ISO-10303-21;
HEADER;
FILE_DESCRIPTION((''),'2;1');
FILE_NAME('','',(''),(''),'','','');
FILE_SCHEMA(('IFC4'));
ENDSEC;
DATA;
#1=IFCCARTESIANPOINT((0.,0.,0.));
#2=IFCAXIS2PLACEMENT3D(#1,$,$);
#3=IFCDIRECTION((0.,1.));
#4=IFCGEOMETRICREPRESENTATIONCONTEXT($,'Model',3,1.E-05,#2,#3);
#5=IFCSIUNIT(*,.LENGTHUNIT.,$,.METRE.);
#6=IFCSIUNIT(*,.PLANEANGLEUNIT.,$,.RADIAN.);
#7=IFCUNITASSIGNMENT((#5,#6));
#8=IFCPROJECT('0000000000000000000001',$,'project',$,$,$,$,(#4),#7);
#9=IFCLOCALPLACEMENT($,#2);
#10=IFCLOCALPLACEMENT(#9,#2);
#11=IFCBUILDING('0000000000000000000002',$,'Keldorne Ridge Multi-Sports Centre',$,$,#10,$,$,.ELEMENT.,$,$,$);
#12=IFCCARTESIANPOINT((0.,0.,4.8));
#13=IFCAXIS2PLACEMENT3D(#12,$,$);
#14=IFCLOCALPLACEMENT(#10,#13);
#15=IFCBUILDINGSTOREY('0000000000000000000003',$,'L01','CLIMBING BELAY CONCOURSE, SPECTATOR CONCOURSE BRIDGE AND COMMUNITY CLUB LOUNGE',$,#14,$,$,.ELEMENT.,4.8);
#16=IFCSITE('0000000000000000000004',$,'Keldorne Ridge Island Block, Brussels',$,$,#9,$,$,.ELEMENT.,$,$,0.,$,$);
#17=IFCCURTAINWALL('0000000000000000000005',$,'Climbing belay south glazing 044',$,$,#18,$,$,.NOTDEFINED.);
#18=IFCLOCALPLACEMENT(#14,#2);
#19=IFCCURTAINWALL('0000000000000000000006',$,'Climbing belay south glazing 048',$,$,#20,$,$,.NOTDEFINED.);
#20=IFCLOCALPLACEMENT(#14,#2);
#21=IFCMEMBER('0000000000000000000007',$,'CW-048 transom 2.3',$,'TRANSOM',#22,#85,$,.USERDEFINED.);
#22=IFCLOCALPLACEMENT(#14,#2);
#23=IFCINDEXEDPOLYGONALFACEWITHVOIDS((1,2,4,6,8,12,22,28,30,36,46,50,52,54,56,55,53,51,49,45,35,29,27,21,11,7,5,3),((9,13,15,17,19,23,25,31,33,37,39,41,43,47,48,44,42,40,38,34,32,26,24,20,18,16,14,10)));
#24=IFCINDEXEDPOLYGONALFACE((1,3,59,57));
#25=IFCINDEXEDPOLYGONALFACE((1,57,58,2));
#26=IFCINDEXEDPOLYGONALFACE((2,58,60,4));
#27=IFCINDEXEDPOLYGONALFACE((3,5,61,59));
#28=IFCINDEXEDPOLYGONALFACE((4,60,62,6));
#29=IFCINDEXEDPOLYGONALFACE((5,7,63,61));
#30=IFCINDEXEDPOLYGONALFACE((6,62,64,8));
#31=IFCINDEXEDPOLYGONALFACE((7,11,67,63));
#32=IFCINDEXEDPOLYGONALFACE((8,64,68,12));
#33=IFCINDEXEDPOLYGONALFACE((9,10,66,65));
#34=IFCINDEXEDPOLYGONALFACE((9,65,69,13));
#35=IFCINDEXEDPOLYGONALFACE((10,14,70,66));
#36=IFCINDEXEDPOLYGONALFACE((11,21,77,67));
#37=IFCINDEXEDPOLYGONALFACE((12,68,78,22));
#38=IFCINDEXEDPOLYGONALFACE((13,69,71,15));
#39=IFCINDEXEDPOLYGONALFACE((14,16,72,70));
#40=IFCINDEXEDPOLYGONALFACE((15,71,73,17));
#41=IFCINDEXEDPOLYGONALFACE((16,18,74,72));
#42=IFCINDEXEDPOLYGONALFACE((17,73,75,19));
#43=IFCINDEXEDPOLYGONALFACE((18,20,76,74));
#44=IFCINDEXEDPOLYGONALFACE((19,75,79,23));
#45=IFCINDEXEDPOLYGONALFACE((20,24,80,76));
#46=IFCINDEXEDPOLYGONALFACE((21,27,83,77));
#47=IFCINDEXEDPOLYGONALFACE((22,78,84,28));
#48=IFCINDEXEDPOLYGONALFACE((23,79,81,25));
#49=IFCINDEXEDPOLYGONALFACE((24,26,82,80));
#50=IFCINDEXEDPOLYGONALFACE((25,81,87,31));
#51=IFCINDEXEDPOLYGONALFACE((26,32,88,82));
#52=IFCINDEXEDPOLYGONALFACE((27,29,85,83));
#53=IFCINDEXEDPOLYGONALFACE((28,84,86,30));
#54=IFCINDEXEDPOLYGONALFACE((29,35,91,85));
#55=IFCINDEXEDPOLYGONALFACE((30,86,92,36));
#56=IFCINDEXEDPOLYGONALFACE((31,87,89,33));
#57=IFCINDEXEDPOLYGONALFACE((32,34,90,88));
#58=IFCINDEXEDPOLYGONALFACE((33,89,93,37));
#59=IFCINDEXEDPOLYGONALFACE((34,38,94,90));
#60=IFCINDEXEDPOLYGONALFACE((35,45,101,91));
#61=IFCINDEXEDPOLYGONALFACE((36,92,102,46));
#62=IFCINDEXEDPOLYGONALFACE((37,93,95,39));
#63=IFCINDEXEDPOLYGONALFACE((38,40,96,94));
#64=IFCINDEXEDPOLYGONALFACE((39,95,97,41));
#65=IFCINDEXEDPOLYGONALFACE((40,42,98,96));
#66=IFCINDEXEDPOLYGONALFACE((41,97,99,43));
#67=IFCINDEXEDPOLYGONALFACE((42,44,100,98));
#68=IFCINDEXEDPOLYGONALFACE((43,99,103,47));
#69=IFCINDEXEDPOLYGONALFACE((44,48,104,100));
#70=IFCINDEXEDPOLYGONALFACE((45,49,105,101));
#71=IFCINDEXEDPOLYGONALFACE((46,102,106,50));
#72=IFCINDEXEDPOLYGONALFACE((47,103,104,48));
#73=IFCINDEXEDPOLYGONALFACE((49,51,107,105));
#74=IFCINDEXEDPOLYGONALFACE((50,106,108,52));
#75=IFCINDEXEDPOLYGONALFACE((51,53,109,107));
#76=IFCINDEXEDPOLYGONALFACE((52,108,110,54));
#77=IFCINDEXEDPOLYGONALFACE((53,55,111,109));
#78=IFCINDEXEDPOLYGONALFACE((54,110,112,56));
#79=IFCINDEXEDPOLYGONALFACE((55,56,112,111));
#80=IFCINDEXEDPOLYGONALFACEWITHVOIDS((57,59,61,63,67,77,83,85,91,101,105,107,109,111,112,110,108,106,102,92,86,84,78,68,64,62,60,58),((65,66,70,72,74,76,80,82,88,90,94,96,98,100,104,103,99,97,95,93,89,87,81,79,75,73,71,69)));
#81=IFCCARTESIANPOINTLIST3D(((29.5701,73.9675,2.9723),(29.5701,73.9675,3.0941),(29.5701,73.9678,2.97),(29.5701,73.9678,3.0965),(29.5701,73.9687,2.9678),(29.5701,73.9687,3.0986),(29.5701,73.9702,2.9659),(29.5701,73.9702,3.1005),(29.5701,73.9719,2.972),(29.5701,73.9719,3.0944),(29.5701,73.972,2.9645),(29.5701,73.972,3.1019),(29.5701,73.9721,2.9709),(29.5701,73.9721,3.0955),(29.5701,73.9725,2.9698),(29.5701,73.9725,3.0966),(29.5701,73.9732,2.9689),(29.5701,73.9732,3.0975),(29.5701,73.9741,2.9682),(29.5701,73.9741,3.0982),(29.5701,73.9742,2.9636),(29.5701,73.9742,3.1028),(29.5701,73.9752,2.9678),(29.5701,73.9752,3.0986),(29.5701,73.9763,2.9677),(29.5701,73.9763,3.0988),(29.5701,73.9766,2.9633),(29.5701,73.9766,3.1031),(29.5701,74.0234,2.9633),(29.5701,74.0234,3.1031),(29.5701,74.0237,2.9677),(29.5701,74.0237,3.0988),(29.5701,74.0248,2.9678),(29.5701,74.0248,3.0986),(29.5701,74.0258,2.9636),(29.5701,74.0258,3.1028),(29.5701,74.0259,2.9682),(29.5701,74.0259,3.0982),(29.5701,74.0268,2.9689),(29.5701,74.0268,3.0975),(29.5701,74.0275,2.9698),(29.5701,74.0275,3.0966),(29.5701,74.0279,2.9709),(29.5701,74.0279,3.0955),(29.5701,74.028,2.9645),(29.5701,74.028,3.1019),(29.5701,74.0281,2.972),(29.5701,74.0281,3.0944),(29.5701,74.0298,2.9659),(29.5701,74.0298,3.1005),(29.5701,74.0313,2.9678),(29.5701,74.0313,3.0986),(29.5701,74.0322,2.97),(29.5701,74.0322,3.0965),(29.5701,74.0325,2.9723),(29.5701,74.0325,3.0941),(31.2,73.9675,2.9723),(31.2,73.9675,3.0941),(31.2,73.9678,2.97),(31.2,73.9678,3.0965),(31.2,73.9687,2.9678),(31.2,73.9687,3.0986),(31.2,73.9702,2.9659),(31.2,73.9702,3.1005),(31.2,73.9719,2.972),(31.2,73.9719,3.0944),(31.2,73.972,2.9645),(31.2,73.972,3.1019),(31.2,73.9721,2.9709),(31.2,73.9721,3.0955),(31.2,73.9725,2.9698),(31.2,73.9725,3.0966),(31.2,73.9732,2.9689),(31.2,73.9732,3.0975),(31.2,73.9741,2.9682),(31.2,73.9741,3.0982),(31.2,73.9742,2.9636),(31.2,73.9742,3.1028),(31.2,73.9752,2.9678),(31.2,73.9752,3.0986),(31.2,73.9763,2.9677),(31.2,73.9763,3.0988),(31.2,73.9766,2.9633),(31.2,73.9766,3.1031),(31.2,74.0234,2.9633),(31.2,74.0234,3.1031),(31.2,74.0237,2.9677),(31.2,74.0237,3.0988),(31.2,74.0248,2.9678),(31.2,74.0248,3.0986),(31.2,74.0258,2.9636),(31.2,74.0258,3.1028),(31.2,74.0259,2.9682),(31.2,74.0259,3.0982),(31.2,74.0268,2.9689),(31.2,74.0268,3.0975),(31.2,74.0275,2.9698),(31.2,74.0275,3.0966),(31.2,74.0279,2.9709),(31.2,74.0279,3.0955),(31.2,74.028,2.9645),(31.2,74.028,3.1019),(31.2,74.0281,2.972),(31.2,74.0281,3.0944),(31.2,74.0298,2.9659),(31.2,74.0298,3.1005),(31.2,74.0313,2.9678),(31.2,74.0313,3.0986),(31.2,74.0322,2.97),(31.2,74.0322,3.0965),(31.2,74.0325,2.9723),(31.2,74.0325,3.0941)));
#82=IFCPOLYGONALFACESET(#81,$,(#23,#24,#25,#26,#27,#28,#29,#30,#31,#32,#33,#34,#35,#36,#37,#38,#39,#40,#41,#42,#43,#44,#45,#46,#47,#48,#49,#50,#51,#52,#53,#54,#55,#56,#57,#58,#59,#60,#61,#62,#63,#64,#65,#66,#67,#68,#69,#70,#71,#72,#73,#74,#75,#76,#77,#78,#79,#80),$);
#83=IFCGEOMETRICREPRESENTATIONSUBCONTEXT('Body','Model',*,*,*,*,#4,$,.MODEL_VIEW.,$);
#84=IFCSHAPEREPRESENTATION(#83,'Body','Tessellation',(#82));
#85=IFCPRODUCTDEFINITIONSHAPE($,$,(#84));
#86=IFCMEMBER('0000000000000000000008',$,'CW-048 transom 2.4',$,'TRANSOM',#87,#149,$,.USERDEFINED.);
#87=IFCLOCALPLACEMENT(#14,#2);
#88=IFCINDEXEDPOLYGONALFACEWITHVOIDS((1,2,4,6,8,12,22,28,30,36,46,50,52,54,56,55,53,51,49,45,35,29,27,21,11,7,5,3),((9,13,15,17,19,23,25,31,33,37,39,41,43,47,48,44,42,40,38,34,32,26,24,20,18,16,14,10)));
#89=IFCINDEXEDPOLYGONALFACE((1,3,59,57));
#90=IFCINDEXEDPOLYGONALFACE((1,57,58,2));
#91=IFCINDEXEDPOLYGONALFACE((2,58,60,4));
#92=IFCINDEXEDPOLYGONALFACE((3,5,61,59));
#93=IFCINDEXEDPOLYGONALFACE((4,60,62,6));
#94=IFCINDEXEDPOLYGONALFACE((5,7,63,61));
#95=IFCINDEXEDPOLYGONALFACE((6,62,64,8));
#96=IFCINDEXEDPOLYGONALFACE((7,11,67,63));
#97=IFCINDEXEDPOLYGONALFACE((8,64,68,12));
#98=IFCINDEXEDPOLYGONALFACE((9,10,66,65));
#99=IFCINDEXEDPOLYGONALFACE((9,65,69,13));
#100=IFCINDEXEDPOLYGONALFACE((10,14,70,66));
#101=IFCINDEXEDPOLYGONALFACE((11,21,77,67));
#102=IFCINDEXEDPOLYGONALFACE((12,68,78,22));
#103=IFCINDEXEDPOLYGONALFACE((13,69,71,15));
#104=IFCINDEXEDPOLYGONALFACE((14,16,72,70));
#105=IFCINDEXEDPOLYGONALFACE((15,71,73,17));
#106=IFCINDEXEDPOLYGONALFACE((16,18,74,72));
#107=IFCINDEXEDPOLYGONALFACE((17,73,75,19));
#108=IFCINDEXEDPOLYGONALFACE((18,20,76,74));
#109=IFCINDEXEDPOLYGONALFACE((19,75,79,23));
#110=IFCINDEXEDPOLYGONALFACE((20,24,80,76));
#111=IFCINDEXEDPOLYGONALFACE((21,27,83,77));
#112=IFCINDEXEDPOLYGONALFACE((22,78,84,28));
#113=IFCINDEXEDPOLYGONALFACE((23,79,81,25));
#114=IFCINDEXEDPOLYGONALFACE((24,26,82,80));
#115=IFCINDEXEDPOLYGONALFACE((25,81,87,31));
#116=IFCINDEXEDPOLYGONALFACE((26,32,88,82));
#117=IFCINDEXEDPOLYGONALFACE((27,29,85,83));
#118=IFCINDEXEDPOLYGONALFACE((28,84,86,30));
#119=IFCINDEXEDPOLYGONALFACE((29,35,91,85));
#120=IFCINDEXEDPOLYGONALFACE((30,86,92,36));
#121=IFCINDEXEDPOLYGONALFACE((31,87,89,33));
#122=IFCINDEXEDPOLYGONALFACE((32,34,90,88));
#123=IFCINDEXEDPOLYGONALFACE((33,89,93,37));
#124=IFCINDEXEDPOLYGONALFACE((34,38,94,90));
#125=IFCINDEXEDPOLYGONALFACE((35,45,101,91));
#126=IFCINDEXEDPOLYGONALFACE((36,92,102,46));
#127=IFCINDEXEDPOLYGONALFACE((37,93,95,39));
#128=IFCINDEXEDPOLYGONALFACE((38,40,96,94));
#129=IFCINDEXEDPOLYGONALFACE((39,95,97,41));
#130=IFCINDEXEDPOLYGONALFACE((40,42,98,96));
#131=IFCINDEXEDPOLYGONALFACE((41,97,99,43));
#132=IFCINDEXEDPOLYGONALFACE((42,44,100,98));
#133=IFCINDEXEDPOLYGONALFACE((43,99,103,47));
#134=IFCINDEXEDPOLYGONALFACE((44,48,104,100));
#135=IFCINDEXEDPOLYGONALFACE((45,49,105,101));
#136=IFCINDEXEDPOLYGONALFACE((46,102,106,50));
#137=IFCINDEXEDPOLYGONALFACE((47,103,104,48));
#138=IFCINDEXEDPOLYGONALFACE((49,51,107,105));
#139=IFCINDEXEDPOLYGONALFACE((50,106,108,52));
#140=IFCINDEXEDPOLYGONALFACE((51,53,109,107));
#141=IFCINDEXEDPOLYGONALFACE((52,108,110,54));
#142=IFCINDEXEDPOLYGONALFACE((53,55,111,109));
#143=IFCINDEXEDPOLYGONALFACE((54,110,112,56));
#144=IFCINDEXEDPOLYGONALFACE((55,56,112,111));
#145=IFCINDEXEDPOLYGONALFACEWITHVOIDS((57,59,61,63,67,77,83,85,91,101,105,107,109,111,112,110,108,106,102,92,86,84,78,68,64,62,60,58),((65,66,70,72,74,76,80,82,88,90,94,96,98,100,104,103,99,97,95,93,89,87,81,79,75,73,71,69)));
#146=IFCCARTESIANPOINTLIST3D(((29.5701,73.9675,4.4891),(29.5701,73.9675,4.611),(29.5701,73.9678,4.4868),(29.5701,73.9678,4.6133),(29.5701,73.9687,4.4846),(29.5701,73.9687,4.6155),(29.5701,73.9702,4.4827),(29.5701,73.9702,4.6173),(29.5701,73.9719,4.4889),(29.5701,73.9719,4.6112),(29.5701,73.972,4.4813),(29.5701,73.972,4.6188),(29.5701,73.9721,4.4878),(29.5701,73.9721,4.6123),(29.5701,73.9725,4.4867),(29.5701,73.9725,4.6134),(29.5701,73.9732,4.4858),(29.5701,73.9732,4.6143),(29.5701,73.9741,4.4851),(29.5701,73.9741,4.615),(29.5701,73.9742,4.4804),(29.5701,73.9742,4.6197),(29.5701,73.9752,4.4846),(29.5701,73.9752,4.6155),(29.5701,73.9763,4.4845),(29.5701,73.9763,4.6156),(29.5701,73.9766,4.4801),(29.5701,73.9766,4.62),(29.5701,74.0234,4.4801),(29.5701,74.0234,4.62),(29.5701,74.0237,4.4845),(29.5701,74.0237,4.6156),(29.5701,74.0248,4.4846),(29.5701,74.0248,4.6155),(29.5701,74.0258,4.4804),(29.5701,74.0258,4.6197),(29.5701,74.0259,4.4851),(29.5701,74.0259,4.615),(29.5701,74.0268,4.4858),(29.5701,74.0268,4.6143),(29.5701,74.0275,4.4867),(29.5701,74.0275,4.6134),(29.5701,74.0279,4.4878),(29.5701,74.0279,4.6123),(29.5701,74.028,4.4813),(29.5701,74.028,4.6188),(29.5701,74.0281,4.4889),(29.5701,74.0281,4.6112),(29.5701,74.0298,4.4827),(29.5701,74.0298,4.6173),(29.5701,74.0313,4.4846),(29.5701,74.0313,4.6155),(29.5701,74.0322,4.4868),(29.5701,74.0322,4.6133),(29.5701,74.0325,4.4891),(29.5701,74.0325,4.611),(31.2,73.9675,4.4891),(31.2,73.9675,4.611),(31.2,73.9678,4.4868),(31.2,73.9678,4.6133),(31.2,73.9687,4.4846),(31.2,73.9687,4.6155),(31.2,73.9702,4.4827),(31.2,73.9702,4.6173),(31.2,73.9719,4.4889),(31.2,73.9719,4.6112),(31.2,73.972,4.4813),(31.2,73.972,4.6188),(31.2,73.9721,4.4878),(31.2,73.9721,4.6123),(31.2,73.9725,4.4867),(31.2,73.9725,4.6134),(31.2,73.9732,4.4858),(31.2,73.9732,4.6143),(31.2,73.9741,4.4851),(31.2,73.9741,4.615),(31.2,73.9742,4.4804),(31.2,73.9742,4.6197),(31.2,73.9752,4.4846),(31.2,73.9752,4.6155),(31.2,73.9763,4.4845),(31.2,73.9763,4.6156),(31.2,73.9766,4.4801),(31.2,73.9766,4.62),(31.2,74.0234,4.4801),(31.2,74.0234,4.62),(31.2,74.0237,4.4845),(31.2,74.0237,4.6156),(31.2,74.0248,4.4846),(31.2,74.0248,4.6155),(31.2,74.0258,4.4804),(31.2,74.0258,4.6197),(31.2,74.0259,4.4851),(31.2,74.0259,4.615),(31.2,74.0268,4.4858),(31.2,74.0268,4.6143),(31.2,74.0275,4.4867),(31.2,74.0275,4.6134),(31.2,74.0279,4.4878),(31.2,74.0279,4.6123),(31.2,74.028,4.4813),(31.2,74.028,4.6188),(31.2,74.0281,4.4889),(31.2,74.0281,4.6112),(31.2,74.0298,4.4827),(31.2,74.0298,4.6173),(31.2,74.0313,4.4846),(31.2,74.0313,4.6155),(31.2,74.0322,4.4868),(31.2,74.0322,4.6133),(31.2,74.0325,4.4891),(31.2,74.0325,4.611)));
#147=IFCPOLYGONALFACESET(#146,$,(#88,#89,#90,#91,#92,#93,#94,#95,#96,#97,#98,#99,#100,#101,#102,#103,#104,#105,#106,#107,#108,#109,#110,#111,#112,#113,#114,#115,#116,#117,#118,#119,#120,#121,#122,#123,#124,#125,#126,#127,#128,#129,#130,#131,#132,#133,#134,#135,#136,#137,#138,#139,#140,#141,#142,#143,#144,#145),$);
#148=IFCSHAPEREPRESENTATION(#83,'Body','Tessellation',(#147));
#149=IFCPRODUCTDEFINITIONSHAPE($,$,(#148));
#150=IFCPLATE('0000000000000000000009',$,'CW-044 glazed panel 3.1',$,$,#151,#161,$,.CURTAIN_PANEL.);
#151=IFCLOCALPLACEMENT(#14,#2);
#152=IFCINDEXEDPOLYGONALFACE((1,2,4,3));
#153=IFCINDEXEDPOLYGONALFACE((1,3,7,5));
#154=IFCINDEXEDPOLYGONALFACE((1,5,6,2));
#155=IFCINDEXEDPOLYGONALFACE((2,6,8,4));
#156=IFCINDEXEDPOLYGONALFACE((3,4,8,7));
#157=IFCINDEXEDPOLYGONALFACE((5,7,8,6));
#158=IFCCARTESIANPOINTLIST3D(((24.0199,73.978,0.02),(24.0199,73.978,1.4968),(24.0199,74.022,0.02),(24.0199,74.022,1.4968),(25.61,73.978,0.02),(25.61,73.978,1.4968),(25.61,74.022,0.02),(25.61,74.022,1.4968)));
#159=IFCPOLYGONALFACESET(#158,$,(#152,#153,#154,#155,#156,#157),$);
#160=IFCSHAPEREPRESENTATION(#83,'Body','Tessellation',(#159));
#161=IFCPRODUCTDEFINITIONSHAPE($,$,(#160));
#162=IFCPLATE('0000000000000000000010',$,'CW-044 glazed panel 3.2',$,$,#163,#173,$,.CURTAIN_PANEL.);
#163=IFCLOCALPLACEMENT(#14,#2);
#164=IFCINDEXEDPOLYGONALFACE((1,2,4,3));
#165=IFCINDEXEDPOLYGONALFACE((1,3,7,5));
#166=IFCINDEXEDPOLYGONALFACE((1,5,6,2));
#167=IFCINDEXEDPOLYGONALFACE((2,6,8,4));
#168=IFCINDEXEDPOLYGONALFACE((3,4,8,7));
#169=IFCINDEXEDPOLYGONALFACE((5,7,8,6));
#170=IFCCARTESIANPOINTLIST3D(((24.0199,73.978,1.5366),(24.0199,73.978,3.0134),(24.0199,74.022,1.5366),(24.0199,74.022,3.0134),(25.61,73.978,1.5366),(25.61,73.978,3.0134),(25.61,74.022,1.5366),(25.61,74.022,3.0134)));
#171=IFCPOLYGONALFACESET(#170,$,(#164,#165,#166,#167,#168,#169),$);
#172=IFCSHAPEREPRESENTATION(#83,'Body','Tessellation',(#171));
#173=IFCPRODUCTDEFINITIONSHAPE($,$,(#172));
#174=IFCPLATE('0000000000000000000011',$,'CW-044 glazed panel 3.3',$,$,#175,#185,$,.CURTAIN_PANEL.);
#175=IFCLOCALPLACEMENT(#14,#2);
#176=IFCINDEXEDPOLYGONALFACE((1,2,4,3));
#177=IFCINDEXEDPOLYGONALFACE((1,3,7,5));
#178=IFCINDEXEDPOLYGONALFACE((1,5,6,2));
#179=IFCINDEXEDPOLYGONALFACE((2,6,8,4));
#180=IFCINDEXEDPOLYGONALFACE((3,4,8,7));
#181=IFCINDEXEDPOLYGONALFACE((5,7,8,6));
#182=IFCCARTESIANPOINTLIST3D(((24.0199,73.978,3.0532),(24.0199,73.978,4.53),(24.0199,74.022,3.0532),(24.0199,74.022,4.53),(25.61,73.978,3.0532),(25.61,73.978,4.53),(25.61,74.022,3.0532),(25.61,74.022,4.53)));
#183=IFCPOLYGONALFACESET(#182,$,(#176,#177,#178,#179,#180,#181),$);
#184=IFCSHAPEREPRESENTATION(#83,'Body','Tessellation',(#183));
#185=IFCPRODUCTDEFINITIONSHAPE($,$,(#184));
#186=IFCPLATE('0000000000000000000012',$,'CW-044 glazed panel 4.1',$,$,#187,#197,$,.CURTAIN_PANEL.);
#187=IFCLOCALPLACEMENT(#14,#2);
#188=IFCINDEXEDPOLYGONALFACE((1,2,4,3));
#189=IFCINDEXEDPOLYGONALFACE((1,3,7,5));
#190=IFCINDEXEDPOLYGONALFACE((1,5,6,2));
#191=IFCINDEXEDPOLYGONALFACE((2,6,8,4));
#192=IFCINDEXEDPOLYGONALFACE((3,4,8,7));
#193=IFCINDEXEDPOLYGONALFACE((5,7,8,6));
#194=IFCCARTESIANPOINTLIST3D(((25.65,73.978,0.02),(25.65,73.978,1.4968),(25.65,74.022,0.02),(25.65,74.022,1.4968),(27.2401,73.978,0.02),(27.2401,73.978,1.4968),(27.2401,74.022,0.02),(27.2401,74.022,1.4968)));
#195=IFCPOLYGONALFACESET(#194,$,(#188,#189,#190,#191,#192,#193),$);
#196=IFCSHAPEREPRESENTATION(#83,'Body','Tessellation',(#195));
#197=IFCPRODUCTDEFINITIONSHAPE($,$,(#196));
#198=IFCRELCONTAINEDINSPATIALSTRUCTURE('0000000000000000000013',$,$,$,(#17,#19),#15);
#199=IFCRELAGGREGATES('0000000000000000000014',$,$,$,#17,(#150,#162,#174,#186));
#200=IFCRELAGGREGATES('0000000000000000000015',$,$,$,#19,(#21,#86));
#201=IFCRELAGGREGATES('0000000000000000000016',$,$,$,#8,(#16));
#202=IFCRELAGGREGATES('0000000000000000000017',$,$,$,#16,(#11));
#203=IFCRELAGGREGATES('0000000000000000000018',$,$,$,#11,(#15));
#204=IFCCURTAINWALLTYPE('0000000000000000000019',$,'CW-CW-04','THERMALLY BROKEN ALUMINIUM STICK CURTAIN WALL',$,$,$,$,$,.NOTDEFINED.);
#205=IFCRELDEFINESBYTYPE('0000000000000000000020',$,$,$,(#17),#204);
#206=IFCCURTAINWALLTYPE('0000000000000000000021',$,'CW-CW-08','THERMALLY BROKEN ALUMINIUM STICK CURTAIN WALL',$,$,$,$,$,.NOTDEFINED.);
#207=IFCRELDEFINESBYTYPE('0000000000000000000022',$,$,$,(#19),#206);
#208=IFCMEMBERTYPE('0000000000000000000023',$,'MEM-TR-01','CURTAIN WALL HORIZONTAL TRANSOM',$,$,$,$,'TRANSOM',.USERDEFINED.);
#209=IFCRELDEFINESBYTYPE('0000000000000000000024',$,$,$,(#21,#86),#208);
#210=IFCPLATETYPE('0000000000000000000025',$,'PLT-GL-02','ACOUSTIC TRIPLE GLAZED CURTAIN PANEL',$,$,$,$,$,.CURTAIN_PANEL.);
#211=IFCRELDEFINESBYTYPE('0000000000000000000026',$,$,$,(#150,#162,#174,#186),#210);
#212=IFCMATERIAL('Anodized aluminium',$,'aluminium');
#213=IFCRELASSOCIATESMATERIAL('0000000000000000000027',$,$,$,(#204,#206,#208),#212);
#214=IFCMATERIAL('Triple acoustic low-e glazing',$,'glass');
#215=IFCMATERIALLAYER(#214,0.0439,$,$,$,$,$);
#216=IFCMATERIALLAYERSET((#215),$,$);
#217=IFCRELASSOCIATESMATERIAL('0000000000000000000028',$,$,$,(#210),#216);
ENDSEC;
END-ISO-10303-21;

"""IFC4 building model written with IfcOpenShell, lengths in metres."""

from ifc_helpers import new_model, si_unit, direction, frame, origin, origin_2d, place, context, subcontext, project, spatial, rectangle, hollow_rectangle, extrude, material, layer, layer_set, material_profile, profile_set, type_object, element, aggregate, save


model = new_model("IFC4")

# Units and contexts
model_context = context("Model", 3, precision=1e-05, world=origin(), true_north=direction((0.0, 1.0)))
body_context = subcontext(model_context, "Body", "Model", "MODEL_VIEW")
ifc_project = project(units=[si_unit("LENGTHUNIT", "METRE"), si_unit("PLANEANGLEUNIT", "RADIAN")], contexts=[model_context])

# Site, building, storey
site_placement = place(None, origin())
site = spatial("IfcSite", under=ifc_project, at=site_placement, Name="Keldorne Ridge Island Block, Brussels", CompositionType="ELEMENT", RefElevation=0.0)
building_placement = place(site_placement, origin())
building = spatial("IfcBuilding", under=site, at=building_placement, Name="Keldorne Ridge Multi-Sports Centre", CompositionType="ELEMENT")
storey_placement = place(building_placement, frame((0.0, 0.0, 4.8)))
storey = spatial("IfcBuildingStorey", under=building, at=storey_placement, Name="L01", Description="CLIMBING BELAY CONCOURSE, SPECTATOR CONCOURSE BRIDGE AND COMMUNITY CLUB LOUNGE", CompositionType="ELEMENT", Elevation=4.8)

# Curtain walls
ifc_material_1 = material(Name="Anodized aluminium", Category="aluminium")
curtain_wall_type_1 = type_object("IfcCurtainWallType", Name="CW-CW-04", Description="THERMALLY BROKEN ALUMINIUM STICK CURTAIN WALL", PredefinedType="NOTDEFINED", material=ifc_material_1)
curtain_wall_1_placement = place(storey_placement, origin())
curtain_wall_1 = element("IfcCurtainWall", 1, at=curtain_wall_1_placement, inside=storey, type_object=curtain_wall_type_1, Name="Climbing belay south glazing 044", PredefinedType="NOTDEFINED")
curtain_wall_type_2 = type_object("IfcCurtainWallType", Name="CW-CW-08", Description="THERMALLY BROKEN ALUMINIUM STICK CURTAIN WALL", PredefinedType="NOTDEFINED", material=ifc_material_1)
curtain_wall_2_placement = place(storey_placement, origin())
curtain_wall_2 = element("IfcCurtainWall", 2, at=curtain_wall_2_placement, inside=storey, type_object=curtain_wall_type_2, Name="Climbing belay south glazing 048", PredefinedType="NOTDEFINED")

# Members
ifc_material_profile_1 = material_profile(ifc_material_1, hollow_rectangle(XDim=0.0649, YDim=0.1399, WallThickness=0.0044, InnerFilletRadius=0.0044, OuterFilletRadius=0.009, at=origin_2d()), Name="ALU TRANSOM 140x65x4.5")
ifc_profile_set_1 = profile_set([ifc_material_profile_1], Name="Anodized aluminium")
member_type_1 = type_object("IfcMemberType", Name="MEM-TR-01", Description="CURTAIN WALL HORIZONTAL TRANSOM", ElementType="TRANSOM", PredefinedType="USERDEFINED", material=ifc_profile_set_1)
member_1_placement = place(storey_placement, frame((29.5701, 74.0, 3.0332), z_axis=(1.0, 0.0, 0.0), x_axis=(0.0, 1.0, 0.0)))
member_1 = element("IfcMember", 3, at=member_1_placement, type_object=member_type_1, Name="CW-048 transom 2.3", ObjectType="TRANSOM", PredefinedType="USERDEFINED", context=body_context, shape_type="SweptSolid", body=[
    extrude(hollow_rectangle(XDim=0.0649, YDim=0.1399, WallThickness=0.0044, InnerFilletRadius=0.0044, OuterFilletRadius=0.009, at=origin_2d()), origin(), (0.0, 0.0, 1.0), 1.6299),
])
member_2_placement = place(storey_placement, frame((29.5701, 74.0, 4.55), z_axis=(1.0, 0.0, 0.0), x_axis=(0.0, 1.0, 0.0)))
member_2 = element("IfcMember", 4, at=member_2_placement, type_object=member_type_1, Name="CW-048 transom 2.4", ObjectType="TRANSOM", PredefinedType="USERDEFINED", context=body_context, shape_type="SweptSolid", body=[
    extrude(hollow_rectangle(XDim=0.0649, YDim=0.1399, WallThickness=0.0044, InnerFilletRadius=0.0044, OuterFilletRadius=0.009, at=origin_2d()), origin(), (0.0, 0.0, 1.0), 1.6299),
])

# Plates
ifc_material_2 = material(Name="Triple acoustic low-e glazing", Category="glass")
ifc_layer = layer(ifc_material_2, 0.0439)
ifc_layer_set = layer_set([ifc_layer])
plate_type = type_object("IfcPlateType", Name="PLT-GL-02", Description="ACOUSTIC TRIPLE GLAZED CURTAIN PANEL", PredefinedType="CURTAIN_PANEL", material=ifc_layer_set)
plate_1_placement = place(storey_placement, frame((24.8149, 74.0, 0.02), z_axis=(0.0, 0.0, 1.0), x_axis=(1.0, 0.0, 0.0)))
plate_1 = element("IfcPlate", 5, at=plate_1_placement, type_object=plate_type, Name="CW-044 glazed panel 3.1", PredefinedType="CURTAIN_PANEL", context=body_context, shape_type="SweptSolid", body=[
    extrude(rectangle(XDim=1.5901, YDim=0.0439, at=origin_2d()), origin(), (0.0, 0.0, 1.0), 1.4768),
])
plate_2_placement = place(storey_placement, frame((24.8149, 74.0, 1.5366), z_axis=(0.0, 0.0, 1.0), x_axis=(1.0, 0.0, 0.0)))
plate_2 = element("IfcPlate", 6, at=plate_2_placement, type_object=plate_type, Name="CW-044 glazed panel 3.2", PredefinedType="CURTAIN_PANEL", context=body_context, shape_type="SweptSolid", body=[
    extrude(rectangle(XDim=1.5901, YDim=0.0439, at=origin_2d()), origin(), (0.0, 0.0, 1.0), 1.4768),
])
plate_3_placement = place(storey_placement, frame((24.8149, 74.0, 3.0532), z_axis=(0.0, 0.0, 1.0), x_axis=(1.0, 0.0, 0.0)))
plate_3 = element("IfcPlate", 7, at=plate_3_placement, type_object=plate_type, Name="CW-044 glazed panel 3.3", PredefinedType="CURTAIN_PANEL", context=body_context, shape_type="SweptSolid", body=[
    extrude(rectangle(XDim=1.5901, YDim=0.0439, at=origin_2d()), origin(), (0.0, 0.0, 1.0), 1.4768),
])
plate_4_placement = place(storey_placement, frame((26.4451, 74.0, 0.02), z_axis=(0.0, 0.0, 1.0), x_axis=(1.0, 0.0, 0.0)))
plate_4 = element("IfcPlate", 8, at=plate_4_placement, type_object=plate_type, Name="CW-044 glazed panel 4.1", PredefinedType="CURTAIN_PANEL", context=body_context, shape_type="SweptSolid", body=[
    extrude(rectangle(XDim=1.5901, YDim=0.0439, at=origin_2d()), origin(), (0.0, 0.0, 1.0), 1.4768),
])
aggregate(curtain_wall_1, [plate_1, plate_2, plate_3, plate_4])
aggregate(curtain_wall_2, [member_1, member_2])

save(model, "model.ifc")
